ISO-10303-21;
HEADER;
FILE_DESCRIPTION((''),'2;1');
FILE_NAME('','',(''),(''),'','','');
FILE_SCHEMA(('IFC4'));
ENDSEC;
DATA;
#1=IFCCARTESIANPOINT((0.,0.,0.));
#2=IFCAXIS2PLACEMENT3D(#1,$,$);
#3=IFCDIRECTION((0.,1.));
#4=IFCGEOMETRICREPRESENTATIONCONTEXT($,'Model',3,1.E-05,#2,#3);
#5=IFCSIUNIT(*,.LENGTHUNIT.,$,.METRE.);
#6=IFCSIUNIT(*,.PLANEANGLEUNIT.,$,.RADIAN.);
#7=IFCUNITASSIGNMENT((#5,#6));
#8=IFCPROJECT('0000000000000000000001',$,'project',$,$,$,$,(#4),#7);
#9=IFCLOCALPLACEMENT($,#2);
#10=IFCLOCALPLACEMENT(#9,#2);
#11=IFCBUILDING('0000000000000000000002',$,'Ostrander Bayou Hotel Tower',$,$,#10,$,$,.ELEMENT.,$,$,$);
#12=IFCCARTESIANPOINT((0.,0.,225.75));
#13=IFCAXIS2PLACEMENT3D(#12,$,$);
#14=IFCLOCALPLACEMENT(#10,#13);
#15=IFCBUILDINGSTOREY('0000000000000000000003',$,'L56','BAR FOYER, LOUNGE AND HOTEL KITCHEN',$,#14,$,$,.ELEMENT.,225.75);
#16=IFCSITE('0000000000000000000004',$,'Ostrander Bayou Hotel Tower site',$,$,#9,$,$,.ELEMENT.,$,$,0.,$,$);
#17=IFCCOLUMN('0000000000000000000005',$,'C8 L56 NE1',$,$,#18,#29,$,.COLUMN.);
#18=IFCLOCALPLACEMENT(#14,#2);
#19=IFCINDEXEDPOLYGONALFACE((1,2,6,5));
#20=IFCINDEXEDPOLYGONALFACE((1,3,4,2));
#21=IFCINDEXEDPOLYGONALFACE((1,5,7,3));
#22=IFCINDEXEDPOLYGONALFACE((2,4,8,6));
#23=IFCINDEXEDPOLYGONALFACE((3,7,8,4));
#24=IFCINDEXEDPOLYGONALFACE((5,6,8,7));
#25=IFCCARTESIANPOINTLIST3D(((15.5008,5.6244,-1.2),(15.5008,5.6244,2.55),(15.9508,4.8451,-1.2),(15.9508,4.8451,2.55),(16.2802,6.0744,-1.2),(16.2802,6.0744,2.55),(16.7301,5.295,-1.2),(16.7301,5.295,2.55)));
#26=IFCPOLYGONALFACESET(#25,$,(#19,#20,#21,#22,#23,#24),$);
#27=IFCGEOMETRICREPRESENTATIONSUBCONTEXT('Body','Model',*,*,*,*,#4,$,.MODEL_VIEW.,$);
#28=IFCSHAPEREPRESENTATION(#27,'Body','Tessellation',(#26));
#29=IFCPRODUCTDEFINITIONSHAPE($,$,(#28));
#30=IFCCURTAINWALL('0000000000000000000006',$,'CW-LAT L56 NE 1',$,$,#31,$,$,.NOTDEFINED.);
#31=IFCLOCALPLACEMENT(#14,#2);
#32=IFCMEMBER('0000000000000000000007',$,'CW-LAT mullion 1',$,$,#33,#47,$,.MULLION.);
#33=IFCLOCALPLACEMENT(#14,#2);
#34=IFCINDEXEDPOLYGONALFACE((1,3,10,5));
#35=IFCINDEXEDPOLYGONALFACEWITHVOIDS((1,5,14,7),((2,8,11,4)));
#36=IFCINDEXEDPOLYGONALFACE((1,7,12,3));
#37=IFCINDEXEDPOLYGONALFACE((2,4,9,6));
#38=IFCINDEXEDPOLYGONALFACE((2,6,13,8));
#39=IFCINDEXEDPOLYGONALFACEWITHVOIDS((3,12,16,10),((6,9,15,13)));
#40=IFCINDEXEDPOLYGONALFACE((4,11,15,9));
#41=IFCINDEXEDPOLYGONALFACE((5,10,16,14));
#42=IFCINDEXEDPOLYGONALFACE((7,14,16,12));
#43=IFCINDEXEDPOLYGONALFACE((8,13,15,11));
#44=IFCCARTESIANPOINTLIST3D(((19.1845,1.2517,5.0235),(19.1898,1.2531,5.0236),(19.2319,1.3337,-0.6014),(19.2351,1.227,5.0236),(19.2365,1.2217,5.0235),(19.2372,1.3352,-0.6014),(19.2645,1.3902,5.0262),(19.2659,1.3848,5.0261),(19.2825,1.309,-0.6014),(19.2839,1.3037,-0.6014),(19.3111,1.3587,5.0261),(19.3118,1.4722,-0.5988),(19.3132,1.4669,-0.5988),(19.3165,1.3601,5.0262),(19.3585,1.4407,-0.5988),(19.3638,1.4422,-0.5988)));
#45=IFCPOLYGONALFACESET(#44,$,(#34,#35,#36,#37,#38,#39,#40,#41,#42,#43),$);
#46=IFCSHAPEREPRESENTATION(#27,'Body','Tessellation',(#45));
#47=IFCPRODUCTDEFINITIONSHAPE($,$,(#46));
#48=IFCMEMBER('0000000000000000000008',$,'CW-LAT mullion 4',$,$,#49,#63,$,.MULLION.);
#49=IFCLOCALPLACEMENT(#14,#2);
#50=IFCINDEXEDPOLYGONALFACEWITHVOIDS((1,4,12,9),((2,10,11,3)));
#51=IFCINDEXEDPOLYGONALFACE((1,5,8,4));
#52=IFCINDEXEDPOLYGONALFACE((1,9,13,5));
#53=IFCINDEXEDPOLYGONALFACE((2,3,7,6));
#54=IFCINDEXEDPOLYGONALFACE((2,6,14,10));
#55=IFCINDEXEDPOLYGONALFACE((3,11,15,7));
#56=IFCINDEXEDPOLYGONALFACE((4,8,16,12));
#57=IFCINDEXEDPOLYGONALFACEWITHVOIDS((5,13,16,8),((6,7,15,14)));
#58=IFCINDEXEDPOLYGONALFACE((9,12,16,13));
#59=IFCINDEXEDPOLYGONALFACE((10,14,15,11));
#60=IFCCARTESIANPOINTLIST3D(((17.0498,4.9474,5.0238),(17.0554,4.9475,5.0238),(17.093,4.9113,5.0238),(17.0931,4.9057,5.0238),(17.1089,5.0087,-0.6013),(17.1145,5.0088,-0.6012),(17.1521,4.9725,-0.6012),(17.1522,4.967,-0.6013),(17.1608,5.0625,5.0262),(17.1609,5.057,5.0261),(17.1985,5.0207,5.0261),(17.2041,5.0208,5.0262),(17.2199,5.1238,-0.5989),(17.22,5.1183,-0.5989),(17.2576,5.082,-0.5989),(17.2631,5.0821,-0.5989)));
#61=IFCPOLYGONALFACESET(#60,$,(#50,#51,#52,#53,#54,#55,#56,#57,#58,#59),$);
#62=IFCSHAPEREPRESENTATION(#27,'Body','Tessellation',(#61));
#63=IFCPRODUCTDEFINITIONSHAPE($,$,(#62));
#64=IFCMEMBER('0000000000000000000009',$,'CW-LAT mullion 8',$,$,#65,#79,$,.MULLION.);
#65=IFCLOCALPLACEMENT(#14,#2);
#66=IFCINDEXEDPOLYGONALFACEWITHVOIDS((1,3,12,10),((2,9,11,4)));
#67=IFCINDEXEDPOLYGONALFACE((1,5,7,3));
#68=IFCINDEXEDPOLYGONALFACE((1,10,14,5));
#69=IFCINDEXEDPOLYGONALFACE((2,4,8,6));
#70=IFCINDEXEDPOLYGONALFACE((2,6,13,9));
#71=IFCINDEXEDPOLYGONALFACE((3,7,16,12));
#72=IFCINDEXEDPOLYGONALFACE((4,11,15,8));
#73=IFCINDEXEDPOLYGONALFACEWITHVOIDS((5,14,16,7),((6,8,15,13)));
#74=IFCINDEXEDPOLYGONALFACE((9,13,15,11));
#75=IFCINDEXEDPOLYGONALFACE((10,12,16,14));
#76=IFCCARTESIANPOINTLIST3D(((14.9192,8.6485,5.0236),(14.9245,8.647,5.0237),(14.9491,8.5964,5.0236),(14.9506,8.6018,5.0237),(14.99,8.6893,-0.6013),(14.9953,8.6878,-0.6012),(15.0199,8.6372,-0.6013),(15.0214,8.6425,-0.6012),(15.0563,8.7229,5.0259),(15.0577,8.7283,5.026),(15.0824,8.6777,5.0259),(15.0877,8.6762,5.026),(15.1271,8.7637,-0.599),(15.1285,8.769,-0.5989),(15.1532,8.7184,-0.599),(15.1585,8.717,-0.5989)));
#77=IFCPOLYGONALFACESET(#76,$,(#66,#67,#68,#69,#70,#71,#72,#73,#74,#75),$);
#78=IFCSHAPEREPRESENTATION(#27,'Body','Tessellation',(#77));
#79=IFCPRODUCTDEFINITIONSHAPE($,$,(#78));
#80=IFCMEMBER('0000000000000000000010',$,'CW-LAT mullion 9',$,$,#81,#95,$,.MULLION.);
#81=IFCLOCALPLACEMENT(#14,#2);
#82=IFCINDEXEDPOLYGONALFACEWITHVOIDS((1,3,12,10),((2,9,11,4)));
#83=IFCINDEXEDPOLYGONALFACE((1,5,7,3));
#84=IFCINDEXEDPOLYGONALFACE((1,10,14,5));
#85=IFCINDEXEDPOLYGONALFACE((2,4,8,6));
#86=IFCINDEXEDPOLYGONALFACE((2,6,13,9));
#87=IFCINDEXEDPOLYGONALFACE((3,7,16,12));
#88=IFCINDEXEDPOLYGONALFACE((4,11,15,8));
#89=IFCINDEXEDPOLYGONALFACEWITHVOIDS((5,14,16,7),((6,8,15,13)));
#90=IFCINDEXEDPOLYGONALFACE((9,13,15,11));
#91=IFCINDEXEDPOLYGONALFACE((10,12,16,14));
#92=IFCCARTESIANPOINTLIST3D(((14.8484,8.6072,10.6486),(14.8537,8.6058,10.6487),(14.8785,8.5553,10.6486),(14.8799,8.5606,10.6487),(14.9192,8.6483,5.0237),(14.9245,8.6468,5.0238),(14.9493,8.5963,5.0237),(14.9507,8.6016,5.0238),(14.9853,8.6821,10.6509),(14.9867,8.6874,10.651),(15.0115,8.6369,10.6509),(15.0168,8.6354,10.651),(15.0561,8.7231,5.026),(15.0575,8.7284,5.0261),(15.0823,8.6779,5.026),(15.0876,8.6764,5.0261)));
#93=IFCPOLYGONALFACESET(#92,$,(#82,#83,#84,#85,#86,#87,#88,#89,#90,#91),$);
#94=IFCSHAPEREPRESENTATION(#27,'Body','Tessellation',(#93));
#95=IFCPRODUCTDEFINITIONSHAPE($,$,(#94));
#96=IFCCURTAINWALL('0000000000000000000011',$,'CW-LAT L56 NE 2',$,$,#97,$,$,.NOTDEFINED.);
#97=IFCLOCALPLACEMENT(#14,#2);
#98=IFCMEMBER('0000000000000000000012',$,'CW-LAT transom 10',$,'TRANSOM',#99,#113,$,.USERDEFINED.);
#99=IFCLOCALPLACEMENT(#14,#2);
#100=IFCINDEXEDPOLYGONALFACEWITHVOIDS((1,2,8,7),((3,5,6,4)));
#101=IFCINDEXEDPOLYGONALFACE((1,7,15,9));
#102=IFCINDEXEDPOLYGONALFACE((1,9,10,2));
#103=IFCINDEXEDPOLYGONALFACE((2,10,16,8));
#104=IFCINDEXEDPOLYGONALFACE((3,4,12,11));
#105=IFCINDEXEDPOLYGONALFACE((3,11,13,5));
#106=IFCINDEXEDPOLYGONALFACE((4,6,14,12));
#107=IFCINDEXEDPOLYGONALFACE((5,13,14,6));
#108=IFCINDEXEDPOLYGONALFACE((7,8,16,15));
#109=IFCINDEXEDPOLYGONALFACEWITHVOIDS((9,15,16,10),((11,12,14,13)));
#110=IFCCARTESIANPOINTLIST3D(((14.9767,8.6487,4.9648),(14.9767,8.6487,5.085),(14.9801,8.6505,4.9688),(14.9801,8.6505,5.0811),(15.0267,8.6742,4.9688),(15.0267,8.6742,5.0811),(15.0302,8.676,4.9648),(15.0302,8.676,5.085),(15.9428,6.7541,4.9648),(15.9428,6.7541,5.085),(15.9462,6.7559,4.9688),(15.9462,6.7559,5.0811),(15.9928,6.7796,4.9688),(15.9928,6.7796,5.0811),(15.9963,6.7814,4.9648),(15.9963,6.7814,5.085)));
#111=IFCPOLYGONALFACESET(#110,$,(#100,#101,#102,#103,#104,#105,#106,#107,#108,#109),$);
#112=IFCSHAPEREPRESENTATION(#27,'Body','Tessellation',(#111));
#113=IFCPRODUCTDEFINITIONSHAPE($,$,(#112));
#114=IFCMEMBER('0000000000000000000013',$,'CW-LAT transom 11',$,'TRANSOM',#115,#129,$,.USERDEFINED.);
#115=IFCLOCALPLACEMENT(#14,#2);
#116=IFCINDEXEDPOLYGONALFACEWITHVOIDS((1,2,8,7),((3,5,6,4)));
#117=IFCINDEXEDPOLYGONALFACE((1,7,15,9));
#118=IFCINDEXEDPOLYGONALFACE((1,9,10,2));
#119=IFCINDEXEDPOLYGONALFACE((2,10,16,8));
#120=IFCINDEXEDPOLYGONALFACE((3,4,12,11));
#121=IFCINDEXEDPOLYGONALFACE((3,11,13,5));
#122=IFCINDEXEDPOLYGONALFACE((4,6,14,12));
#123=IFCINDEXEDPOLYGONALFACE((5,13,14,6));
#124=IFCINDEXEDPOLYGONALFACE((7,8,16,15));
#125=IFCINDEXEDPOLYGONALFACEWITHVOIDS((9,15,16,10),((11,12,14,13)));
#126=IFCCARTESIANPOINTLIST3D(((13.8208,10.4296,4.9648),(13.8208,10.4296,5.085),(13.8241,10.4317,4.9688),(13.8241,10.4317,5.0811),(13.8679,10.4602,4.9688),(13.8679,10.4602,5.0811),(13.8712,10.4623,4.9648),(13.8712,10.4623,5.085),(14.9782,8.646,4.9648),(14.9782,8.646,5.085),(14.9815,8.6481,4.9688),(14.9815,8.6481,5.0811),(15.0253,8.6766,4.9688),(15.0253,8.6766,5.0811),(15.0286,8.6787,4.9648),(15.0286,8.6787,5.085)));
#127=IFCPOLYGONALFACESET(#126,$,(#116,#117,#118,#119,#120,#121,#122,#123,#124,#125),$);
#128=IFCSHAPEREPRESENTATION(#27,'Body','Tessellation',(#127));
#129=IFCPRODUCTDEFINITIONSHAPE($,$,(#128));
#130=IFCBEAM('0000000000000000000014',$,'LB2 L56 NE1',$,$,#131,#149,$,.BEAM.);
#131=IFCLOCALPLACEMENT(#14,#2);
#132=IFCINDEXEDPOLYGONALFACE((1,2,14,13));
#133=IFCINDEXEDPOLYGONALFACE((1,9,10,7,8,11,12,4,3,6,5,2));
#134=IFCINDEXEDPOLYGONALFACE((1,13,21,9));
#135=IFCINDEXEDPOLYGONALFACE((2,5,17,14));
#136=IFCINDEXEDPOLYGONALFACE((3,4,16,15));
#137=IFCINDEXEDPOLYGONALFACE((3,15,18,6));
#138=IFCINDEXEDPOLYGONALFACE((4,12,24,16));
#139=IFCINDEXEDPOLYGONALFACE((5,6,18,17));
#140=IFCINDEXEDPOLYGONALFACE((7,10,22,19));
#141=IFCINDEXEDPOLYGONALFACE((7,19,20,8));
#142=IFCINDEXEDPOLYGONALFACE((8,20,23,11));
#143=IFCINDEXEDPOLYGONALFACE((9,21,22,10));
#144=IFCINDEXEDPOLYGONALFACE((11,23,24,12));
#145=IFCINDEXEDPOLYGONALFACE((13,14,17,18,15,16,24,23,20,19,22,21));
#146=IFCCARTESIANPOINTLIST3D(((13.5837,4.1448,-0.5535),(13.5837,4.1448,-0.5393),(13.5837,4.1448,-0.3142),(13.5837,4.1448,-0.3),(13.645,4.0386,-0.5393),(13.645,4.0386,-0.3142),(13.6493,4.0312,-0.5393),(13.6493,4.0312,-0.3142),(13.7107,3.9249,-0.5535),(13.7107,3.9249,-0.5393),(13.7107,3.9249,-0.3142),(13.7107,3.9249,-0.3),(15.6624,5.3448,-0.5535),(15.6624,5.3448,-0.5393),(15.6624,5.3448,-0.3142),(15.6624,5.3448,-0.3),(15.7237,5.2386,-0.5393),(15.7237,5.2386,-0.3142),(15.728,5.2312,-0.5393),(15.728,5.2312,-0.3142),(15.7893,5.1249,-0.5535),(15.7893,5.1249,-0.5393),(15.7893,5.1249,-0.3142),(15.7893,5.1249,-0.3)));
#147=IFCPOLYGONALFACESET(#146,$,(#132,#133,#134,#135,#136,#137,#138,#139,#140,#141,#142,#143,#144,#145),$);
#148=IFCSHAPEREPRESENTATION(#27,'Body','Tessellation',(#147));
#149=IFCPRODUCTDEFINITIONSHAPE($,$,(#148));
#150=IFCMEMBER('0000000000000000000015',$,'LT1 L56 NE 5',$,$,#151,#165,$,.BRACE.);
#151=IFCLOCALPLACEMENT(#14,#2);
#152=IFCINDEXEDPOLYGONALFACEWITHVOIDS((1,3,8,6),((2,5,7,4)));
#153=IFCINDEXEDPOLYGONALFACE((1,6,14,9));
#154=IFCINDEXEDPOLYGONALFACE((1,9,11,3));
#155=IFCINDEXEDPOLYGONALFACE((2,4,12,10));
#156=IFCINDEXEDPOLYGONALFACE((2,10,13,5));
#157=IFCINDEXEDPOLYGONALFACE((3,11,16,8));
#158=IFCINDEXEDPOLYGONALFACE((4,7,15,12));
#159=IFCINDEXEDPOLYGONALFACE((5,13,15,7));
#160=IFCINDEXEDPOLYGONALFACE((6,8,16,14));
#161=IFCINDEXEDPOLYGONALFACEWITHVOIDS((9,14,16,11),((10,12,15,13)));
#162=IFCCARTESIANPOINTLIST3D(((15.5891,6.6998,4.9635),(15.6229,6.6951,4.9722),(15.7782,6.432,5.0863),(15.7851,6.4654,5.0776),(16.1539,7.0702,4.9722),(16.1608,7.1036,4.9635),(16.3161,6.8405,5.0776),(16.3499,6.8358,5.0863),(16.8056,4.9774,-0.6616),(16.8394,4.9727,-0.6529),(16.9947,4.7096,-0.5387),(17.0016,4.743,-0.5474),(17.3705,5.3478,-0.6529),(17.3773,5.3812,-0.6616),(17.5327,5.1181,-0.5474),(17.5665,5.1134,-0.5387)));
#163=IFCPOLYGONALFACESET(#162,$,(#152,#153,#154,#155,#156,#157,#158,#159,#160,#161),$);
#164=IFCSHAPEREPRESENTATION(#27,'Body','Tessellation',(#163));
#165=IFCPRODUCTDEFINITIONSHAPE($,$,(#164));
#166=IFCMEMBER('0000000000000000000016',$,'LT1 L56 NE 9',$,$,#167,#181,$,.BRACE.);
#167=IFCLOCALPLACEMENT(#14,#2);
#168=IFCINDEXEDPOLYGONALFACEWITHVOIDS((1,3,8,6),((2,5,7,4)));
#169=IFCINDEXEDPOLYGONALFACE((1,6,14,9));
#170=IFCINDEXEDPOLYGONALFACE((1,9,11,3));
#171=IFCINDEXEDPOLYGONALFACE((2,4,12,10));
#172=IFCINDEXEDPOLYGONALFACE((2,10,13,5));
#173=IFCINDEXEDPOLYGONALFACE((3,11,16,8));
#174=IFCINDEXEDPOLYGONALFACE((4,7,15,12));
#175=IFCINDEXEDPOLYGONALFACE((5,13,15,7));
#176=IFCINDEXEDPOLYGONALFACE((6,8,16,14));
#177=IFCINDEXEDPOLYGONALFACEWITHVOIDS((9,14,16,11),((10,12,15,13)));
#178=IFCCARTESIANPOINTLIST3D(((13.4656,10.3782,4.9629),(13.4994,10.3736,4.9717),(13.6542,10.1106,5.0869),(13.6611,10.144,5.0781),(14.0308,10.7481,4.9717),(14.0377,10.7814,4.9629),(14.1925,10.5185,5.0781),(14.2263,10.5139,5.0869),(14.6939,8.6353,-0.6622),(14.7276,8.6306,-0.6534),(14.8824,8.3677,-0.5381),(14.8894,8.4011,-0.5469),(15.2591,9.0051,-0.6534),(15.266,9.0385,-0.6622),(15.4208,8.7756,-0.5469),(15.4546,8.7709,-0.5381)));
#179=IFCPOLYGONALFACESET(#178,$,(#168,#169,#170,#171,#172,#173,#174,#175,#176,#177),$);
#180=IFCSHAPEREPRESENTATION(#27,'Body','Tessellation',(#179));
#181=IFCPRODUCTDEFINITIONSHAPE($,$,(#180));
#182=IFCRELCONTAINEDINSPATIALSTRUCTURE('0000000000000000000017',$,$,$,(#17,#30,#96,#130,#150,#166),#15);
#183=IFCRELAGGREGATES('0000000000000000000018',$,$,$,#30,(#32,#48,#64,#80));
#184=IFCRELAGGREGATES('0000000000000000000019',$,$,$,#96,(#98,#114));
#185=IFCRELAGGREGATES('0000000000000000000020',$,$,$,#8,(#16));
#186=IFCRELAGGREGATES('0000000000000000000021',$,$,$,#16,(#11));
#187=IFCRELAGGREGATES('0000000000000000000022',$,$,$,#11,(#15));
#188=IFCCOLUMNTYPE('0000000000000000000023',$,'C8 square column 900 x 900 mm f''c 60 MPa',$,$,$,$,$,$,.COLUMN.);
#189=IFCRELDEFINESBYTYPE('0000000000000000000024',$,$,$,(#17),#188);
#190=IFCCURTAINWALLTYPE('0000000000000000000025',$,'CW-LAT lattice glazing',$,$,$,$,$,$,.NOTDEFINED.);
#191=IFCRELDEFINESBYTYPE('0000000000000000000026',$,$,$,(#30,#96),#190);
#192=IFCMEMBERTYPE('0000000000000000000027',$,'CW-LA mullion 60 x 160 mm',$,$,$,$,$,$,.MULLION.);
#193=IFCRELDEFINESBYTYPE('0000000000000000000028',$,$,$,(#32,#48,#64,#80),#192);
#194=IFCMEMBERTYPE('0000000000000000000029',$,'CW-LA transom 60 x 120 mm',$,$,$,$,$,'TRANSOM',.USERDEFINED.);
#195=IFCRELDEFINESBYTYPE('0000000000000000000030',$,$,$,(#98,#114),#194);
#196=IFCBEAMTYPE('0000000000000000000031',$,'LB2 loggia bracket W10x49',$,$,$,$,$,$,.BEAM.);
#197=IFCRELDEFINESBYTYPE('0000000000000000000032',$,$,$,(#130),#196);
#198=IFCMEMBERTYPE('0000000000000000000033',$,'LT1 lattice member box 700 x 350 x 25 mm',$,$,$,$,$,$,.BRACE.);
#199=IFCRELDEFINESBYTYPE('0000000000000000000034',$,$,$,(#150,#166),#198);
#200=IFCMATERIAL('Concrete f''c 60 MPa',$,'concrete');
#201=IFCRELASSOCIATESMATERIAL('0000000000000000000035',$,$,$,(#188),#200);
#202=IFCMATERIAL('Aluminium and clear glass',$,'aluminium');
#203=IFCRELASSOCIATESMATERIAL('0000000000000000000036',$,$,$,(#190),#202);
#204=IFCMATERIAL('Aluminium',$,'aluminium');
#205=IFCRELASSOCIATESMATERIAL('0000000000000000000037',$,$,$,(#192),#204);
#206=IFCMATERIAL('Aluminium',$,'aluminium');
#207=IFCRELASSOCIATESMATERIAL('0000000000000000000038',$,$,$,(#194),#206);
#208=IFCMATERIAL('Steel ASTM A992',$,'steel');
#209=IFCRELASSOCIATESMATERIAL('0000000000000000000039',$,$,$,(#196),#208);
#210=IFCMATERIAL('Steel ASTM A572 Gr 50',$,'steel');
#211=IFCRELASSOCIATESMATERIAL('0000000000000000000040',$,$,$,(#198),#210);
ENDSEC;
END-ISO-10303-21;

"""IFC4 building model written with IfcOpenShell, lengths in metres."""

from ifc_helpers import new_model, si_unit, direction, frame, origin, origin_2d, place, context, subcontext, project, spatial, rectangle, hollow_rectangle, i_section, extrude, material, material_profile, profile_set, type_object, element, aggregate, save


model = new_model("IFC4")

# Units and contexts
model_context = context("Model", 3, precision=1e-05, world=origin(), true_north=direction((0.0, 1.0)))
body_context = subcontext(model_context, "Body", "Model", "MODEL_VIEW")
ifc_project = project(units=[si_unit("LENGTHUNIT", "METRE"), si_unit("PLANEANGLEUNIT", "RADIAN")], contexts=[model_context])

# Site, building, storey
site_placement = place(None, origin())
site = spatial("IfcSite", under=ifc_project, at=site_placement, Name="Ostrander Bayou Hotel Tower site", CompositionType="ELEMENT", RefElevation=0.0)
building_placement = place(site_placement, origin())
building = spatial("IfcBuilding", under=site, at=building_placement, Name="Ostrander Bayou Hotel Tower", CompositionType="ELEMENT")
storey_placement = place(building_placement, frame((0.0, 0.0, 225.75)))
storey = spatial("IfcBuildingStorey", under=building, at=storey_placement, Name="L56", Description="BAR FOYER, LOUNGE AND HOTEL KITCHEN", CompositionType="ELEMENT", Elevation=225.75)

# Column
ifc_material_1 = material(Name="Concrete f'c 60 MPa", Category="concrete")
ifc_material_profile_1 = material_profile(ifc_material_1, rectangle(XDim=0.8999, YDim=0.8999, at=origin_2d()))
ifc_profile_set_1 = profile_set([ifc_material_profile_1], Name="Concrete f'c 60 MPa")
column_type = type_object("IfcColumnType", Name="C8 square column 900 x 900 mm f'c 60 MPa", PredefinedType="COLUMN", material=ifc_profile_set_1)
column_placement = place(storey_placement, frame((16.1155, 5.4597, -1.2), z_axis=(0.0, 0.0, 1.0), x_axis=(0.5, -0.866025, 0.0)))
element("IfcColumn", 1, at=column_placement, inside=storey, type_object=column_type, Name="C8 L56 NE1", PredefinedType="COLUMN", context=body_context, shape_type="SweptSolid", body=[
    extrude(rectangle(XDim=0.8999, YDim=0.8999, at=origin_2d()), origin(), (0.0, 0.0, 1.0), 3.75),
])

# Curtain walls, members
ifc_material_2 = material(Name="Aluminium and clear glass", Category="aluminium")
curtain_wall_type = type_object("IfcCurtainWallType", Name="CW-LAT lattice glazing", PredefinedType="NOTDEFINED", material=ifc_material_2)
curtain_wall_1_placement = place(storey_placement, origin())
curtain_wall_1 = element("IfcCurtainWall", 2, at=curtain_wall_1_placement, inside=storey, type_object=curtain_wall_type, Name="CW-LAT L56 NE 1", PredefinedType="NOTDEFINED")
ifc_material_3 = material(Name="Aluminium", Category="aluminium")
ifc_material_profile_2 = material_profile(ifc_material_3, hollow_rectangle(XDim=0.0601, YDim=0.1599, WallThickness=0.0039, at=origin_2d()))
ifc_profile_set_2 = profile_set([ifc_material_profile_2], Name="Aluminium")
member_type_1 = type_object("IfcMemberType", Name="CW-LA mullion 60 x 160 mm", PredefinedType="MULLION", material=ifc_profile_set_2)
member_1_placement = place(storey_placement, frame((19.2979, 1.3879, -0.6001), z_axis=(-0.008419, -0.014581, 0.999858), x_axis=(0.866014, -0.50002, 0.0)))
member_1 = element("IfcMember", 3, at=member_1_placement, type_object=member_type_1, Name="CW-LAT mullion 1", PredefinedType="MULLION", context=body_context, shape_type="SweptSolid", body=[
    extrude(hollow_rectangle(XDim=0.0601, YDim=0.1599, WallThickness=0.0039, at=origin_2d()), origin(), (0.0, 0.0, 1.0), 5.6257),
])
member_2_placement = place(storey_placement, frame((17.186, 5.0454, -0.6001), z_axis=(-0.010502, -0.010893, 0.999886), x_axis=(0.719895, -0.694082, 0.0)))
member_2 = element("IfcMember", 4, at=member_2_placement, type_object=member_type_1, Name="CW-LAT mullion 4", PredefinedType="MULLION", context=body_context, shape_type="SweptSolid", body=[
    extrude(hollow_rectangle(XDim=0.0601, YDim=0.1599, WallThickness=0.0039, at=origin_2d()), origin(), (0.0, 0.0, 1.0), 5.6257),
])
member_3_placement = place(storey_placement, frame((15.0742, 8.7031, -0.6001), z_axis=(-0.012585, -0.007247, 0.999895), x_axis=(0.499032, -0.866583, 0.0)))
member_3 = element("IfcMember", 5, at=member_3_placement, type_object=member_type_1, Name="CW-LAT mullion 8", PredefinedType="MULLION", context=body_context, shape_type="SweptSolid", body=[
    extrude(hollow_rectangle(XDim=0.0601, YDim=0.1599, WallThickness=0.0039, at=origin_2d()), origin(), (0.0, 0.0, 1.0), 5.6255),
])
member_4_placement = place(storey_placement, frame((15.0034, 8.6624, 5.0249), z_axis=(-0.012585, -0.007291, 0.999894), x_axis=(0.501271, -0.86529, 0.0)))
member_4 = element("IfcMember", 6, at=member_4_placement, type_object=member_type_1, Name="CW-LAT mullion 9", PredefinedType="MULLION", context=body_context, shape_type="SweptSolid", body=[
    extrude(hollow_rectangle(XDim=0.0601, YDim=0.1599, WallThickness=0.0039, at=origin_2d()), origin(), (0.0, 0.0, 1.0), 5.6255),
])
curtain_wall_2_placement = place(storey_placement, origin())
curtain_wall_2 = element("IfcCurtainWall", 7, at=curtain_wall_2_placement, inside=storey, type_object=curtain_wall_type, Name="CW-LAT L56 NE 2", PredefinedType="NOTDEFINED")
ifc_material_4 = material(Name="Aluminium", Category="aluminium")
ifc_material_profile_3 = material_profile(ifc_material_4, hollow_rectangle(XDim=0.0601, YDim=0.1201, WallThickness=0.0039, at=origin_2d()))
ifc_profile_set_3 = profile_set([ifc_material_profile_3], Name="Aluminium")
member_type_2 = type_object("IfcMemberType", Name="CW-LA transom 60 x 120 mm", ElementType="TRANSOM", PredefinedType="USERDEFINED", material=ifc_profile_set_3)
member_5_placement = place(storey_placement, frame((15.0034, 8.6624, 5.0249), z_axis=(0.454271, -0.890863, 0.0), x_axis=(0.890863, 0.454271, 0.0)))
member_5 = element("IfcMember", 8, at=member_5_placement, type_object=member_type_2, Name="CW-LAT transom 10", ObjectType="TRANSOM", PredefinedType="USERDEFINED", context=body_context, shape_type="SweptSolid", body=[
    extrude(hollow_rectangle(XDim=0.0601, YDim=0.1201, WallThickness=0.0039, at=origin_2d()), origin(), (0.0, 0.0, 1.0), 2.1267),
])
member_6_placement = place(storey_placement, frame((15.0034, 8.6624, 5.0249), z_axis=(-0.544351, 0.838858, 0.0), x_axis=(-0.838858, -0.544351, 0.0)))
member_6 = element("IfcMember", 9, at=member_6_placement, type_object=member_type_2, Name="CW-LAT transom 11", ObjectType="TRANSOM", PredefinedType="USERDEFINED", context=body_context, shape_type="SweptSolid", body=[
    extrude(hollow_rectangle(XDim=0.0601, YDim=0.1201, WallThickness=0.0039, at=origin_2d()), origin(), (0.0, 0.0, 1.0), 2.1262),
])

# Beam
ifc_material_5 = material(Name="Steel ASTM A992", Category="steel")
ifc_material_profile_4 = material_profile(ifc_material_5, i_section(OverallWidth=0.2539, OverallDepth=0.2534, WebThickness=0.0085, FlangeThickness=0.0142, at=origin_2d()))
ifc_profile_set_4 = profile_set([ifc_material_profile_4], Name="Steel ASTM A992")
beam_type_1 = type_object("IfcBeamType", Name="LB2 loggia bracket W10x49", PredefinedType="BEAM", material=ifc_profile_set_4)
beam_1_placement = place(storey_placement, frame((15.7258, 5.2349, -0.4268), z_axis=(-0.86605, -0.499957, 0.0), x_axis=(0.499957, -0.86605, 0.0)))
element("IfcBeam", 10, at=beam_1_placement, inside=storey, type_object=beam_type_1, Name="LB2 L56 NE1", PredefinedType="BEAM", context=body_context, shape_type="SweptSolid", body=[
    extrude(i_section(OverallWidth=0.2539, OverallDepth=0.2534, WebThickness=0.0085, FlangeThickness=0.0142, at=origin_2d()), origin(), (0.0, 0.0, 1.0), 2.4001),
])

# Members
ifc_material_6 = material(Name="Steel ASTM A572 Gr 50", Category="steel")
ifc_material_profile_5 = material_profile(ifc_material_6, hollow_rectangle(XDim=0.7, YDim=0.3501, WallThickness=0.0249, at=origin_2d()))
ifc_profile_set_5 = profile_set([ifc_material_profile_5], Name="Steel ASTM A572 Gr 50")
member_type_3 = type_object("IfcMemberType", Name="LT1 lattice member box 700 x 350 x 25 mm", PredefinedType="BRACE", material=ifc_profile_set_5)
member_7_placement = place(storey_placement, frame((15.9695, 6.7678, 5.0249), z_axis=(0.202513, -0.286721, -0.936365), x_axis=(0.816804, 0.576915, 0.0)))
element("IfcMember", 11, at=member_7_placement, inside=storey, type_object=member_type_3, Name="LT1 L56 NE 5", PredefinedType="BRACE", context=body_context, shape_type="SweptSolid", body=[
    extrude(hollow_rectangle(XDim=0.7, YDim=0.3501, WallThickness=0.0249, at=origin_2d()), origin(), (0.0, 0.0, 1.0), 6.0073),
])
member_8_placement = place(storey_placement, frame((13.8459, 10.446, 5.0249), z_axis=(0.204182, -0.289735, -0.935074), x_axis=(0.817415, 0.576049, 0.0)))
element("IfcMember", 12, at=member_8_placement, inside=storey, type_object=member_type_3, Name="LT1 L56 NE 9", PredefinedType="BRACE", context=body_context, shape_type="SweptSolid", body=[
    extrude(hollow_rectangle(XDim=0.7, YDim=0.3501, WallThickness=0.0249, at=origin_2d()), origin(), (0.0, 0.0, 1.0), 6.0156),
])

aggregate(curtain_wall_1, [member_1, member_2, member_3, member_4])
aggregate(curtain_wall_2, [member_5, member_6])

save(model, "model.ifc")
